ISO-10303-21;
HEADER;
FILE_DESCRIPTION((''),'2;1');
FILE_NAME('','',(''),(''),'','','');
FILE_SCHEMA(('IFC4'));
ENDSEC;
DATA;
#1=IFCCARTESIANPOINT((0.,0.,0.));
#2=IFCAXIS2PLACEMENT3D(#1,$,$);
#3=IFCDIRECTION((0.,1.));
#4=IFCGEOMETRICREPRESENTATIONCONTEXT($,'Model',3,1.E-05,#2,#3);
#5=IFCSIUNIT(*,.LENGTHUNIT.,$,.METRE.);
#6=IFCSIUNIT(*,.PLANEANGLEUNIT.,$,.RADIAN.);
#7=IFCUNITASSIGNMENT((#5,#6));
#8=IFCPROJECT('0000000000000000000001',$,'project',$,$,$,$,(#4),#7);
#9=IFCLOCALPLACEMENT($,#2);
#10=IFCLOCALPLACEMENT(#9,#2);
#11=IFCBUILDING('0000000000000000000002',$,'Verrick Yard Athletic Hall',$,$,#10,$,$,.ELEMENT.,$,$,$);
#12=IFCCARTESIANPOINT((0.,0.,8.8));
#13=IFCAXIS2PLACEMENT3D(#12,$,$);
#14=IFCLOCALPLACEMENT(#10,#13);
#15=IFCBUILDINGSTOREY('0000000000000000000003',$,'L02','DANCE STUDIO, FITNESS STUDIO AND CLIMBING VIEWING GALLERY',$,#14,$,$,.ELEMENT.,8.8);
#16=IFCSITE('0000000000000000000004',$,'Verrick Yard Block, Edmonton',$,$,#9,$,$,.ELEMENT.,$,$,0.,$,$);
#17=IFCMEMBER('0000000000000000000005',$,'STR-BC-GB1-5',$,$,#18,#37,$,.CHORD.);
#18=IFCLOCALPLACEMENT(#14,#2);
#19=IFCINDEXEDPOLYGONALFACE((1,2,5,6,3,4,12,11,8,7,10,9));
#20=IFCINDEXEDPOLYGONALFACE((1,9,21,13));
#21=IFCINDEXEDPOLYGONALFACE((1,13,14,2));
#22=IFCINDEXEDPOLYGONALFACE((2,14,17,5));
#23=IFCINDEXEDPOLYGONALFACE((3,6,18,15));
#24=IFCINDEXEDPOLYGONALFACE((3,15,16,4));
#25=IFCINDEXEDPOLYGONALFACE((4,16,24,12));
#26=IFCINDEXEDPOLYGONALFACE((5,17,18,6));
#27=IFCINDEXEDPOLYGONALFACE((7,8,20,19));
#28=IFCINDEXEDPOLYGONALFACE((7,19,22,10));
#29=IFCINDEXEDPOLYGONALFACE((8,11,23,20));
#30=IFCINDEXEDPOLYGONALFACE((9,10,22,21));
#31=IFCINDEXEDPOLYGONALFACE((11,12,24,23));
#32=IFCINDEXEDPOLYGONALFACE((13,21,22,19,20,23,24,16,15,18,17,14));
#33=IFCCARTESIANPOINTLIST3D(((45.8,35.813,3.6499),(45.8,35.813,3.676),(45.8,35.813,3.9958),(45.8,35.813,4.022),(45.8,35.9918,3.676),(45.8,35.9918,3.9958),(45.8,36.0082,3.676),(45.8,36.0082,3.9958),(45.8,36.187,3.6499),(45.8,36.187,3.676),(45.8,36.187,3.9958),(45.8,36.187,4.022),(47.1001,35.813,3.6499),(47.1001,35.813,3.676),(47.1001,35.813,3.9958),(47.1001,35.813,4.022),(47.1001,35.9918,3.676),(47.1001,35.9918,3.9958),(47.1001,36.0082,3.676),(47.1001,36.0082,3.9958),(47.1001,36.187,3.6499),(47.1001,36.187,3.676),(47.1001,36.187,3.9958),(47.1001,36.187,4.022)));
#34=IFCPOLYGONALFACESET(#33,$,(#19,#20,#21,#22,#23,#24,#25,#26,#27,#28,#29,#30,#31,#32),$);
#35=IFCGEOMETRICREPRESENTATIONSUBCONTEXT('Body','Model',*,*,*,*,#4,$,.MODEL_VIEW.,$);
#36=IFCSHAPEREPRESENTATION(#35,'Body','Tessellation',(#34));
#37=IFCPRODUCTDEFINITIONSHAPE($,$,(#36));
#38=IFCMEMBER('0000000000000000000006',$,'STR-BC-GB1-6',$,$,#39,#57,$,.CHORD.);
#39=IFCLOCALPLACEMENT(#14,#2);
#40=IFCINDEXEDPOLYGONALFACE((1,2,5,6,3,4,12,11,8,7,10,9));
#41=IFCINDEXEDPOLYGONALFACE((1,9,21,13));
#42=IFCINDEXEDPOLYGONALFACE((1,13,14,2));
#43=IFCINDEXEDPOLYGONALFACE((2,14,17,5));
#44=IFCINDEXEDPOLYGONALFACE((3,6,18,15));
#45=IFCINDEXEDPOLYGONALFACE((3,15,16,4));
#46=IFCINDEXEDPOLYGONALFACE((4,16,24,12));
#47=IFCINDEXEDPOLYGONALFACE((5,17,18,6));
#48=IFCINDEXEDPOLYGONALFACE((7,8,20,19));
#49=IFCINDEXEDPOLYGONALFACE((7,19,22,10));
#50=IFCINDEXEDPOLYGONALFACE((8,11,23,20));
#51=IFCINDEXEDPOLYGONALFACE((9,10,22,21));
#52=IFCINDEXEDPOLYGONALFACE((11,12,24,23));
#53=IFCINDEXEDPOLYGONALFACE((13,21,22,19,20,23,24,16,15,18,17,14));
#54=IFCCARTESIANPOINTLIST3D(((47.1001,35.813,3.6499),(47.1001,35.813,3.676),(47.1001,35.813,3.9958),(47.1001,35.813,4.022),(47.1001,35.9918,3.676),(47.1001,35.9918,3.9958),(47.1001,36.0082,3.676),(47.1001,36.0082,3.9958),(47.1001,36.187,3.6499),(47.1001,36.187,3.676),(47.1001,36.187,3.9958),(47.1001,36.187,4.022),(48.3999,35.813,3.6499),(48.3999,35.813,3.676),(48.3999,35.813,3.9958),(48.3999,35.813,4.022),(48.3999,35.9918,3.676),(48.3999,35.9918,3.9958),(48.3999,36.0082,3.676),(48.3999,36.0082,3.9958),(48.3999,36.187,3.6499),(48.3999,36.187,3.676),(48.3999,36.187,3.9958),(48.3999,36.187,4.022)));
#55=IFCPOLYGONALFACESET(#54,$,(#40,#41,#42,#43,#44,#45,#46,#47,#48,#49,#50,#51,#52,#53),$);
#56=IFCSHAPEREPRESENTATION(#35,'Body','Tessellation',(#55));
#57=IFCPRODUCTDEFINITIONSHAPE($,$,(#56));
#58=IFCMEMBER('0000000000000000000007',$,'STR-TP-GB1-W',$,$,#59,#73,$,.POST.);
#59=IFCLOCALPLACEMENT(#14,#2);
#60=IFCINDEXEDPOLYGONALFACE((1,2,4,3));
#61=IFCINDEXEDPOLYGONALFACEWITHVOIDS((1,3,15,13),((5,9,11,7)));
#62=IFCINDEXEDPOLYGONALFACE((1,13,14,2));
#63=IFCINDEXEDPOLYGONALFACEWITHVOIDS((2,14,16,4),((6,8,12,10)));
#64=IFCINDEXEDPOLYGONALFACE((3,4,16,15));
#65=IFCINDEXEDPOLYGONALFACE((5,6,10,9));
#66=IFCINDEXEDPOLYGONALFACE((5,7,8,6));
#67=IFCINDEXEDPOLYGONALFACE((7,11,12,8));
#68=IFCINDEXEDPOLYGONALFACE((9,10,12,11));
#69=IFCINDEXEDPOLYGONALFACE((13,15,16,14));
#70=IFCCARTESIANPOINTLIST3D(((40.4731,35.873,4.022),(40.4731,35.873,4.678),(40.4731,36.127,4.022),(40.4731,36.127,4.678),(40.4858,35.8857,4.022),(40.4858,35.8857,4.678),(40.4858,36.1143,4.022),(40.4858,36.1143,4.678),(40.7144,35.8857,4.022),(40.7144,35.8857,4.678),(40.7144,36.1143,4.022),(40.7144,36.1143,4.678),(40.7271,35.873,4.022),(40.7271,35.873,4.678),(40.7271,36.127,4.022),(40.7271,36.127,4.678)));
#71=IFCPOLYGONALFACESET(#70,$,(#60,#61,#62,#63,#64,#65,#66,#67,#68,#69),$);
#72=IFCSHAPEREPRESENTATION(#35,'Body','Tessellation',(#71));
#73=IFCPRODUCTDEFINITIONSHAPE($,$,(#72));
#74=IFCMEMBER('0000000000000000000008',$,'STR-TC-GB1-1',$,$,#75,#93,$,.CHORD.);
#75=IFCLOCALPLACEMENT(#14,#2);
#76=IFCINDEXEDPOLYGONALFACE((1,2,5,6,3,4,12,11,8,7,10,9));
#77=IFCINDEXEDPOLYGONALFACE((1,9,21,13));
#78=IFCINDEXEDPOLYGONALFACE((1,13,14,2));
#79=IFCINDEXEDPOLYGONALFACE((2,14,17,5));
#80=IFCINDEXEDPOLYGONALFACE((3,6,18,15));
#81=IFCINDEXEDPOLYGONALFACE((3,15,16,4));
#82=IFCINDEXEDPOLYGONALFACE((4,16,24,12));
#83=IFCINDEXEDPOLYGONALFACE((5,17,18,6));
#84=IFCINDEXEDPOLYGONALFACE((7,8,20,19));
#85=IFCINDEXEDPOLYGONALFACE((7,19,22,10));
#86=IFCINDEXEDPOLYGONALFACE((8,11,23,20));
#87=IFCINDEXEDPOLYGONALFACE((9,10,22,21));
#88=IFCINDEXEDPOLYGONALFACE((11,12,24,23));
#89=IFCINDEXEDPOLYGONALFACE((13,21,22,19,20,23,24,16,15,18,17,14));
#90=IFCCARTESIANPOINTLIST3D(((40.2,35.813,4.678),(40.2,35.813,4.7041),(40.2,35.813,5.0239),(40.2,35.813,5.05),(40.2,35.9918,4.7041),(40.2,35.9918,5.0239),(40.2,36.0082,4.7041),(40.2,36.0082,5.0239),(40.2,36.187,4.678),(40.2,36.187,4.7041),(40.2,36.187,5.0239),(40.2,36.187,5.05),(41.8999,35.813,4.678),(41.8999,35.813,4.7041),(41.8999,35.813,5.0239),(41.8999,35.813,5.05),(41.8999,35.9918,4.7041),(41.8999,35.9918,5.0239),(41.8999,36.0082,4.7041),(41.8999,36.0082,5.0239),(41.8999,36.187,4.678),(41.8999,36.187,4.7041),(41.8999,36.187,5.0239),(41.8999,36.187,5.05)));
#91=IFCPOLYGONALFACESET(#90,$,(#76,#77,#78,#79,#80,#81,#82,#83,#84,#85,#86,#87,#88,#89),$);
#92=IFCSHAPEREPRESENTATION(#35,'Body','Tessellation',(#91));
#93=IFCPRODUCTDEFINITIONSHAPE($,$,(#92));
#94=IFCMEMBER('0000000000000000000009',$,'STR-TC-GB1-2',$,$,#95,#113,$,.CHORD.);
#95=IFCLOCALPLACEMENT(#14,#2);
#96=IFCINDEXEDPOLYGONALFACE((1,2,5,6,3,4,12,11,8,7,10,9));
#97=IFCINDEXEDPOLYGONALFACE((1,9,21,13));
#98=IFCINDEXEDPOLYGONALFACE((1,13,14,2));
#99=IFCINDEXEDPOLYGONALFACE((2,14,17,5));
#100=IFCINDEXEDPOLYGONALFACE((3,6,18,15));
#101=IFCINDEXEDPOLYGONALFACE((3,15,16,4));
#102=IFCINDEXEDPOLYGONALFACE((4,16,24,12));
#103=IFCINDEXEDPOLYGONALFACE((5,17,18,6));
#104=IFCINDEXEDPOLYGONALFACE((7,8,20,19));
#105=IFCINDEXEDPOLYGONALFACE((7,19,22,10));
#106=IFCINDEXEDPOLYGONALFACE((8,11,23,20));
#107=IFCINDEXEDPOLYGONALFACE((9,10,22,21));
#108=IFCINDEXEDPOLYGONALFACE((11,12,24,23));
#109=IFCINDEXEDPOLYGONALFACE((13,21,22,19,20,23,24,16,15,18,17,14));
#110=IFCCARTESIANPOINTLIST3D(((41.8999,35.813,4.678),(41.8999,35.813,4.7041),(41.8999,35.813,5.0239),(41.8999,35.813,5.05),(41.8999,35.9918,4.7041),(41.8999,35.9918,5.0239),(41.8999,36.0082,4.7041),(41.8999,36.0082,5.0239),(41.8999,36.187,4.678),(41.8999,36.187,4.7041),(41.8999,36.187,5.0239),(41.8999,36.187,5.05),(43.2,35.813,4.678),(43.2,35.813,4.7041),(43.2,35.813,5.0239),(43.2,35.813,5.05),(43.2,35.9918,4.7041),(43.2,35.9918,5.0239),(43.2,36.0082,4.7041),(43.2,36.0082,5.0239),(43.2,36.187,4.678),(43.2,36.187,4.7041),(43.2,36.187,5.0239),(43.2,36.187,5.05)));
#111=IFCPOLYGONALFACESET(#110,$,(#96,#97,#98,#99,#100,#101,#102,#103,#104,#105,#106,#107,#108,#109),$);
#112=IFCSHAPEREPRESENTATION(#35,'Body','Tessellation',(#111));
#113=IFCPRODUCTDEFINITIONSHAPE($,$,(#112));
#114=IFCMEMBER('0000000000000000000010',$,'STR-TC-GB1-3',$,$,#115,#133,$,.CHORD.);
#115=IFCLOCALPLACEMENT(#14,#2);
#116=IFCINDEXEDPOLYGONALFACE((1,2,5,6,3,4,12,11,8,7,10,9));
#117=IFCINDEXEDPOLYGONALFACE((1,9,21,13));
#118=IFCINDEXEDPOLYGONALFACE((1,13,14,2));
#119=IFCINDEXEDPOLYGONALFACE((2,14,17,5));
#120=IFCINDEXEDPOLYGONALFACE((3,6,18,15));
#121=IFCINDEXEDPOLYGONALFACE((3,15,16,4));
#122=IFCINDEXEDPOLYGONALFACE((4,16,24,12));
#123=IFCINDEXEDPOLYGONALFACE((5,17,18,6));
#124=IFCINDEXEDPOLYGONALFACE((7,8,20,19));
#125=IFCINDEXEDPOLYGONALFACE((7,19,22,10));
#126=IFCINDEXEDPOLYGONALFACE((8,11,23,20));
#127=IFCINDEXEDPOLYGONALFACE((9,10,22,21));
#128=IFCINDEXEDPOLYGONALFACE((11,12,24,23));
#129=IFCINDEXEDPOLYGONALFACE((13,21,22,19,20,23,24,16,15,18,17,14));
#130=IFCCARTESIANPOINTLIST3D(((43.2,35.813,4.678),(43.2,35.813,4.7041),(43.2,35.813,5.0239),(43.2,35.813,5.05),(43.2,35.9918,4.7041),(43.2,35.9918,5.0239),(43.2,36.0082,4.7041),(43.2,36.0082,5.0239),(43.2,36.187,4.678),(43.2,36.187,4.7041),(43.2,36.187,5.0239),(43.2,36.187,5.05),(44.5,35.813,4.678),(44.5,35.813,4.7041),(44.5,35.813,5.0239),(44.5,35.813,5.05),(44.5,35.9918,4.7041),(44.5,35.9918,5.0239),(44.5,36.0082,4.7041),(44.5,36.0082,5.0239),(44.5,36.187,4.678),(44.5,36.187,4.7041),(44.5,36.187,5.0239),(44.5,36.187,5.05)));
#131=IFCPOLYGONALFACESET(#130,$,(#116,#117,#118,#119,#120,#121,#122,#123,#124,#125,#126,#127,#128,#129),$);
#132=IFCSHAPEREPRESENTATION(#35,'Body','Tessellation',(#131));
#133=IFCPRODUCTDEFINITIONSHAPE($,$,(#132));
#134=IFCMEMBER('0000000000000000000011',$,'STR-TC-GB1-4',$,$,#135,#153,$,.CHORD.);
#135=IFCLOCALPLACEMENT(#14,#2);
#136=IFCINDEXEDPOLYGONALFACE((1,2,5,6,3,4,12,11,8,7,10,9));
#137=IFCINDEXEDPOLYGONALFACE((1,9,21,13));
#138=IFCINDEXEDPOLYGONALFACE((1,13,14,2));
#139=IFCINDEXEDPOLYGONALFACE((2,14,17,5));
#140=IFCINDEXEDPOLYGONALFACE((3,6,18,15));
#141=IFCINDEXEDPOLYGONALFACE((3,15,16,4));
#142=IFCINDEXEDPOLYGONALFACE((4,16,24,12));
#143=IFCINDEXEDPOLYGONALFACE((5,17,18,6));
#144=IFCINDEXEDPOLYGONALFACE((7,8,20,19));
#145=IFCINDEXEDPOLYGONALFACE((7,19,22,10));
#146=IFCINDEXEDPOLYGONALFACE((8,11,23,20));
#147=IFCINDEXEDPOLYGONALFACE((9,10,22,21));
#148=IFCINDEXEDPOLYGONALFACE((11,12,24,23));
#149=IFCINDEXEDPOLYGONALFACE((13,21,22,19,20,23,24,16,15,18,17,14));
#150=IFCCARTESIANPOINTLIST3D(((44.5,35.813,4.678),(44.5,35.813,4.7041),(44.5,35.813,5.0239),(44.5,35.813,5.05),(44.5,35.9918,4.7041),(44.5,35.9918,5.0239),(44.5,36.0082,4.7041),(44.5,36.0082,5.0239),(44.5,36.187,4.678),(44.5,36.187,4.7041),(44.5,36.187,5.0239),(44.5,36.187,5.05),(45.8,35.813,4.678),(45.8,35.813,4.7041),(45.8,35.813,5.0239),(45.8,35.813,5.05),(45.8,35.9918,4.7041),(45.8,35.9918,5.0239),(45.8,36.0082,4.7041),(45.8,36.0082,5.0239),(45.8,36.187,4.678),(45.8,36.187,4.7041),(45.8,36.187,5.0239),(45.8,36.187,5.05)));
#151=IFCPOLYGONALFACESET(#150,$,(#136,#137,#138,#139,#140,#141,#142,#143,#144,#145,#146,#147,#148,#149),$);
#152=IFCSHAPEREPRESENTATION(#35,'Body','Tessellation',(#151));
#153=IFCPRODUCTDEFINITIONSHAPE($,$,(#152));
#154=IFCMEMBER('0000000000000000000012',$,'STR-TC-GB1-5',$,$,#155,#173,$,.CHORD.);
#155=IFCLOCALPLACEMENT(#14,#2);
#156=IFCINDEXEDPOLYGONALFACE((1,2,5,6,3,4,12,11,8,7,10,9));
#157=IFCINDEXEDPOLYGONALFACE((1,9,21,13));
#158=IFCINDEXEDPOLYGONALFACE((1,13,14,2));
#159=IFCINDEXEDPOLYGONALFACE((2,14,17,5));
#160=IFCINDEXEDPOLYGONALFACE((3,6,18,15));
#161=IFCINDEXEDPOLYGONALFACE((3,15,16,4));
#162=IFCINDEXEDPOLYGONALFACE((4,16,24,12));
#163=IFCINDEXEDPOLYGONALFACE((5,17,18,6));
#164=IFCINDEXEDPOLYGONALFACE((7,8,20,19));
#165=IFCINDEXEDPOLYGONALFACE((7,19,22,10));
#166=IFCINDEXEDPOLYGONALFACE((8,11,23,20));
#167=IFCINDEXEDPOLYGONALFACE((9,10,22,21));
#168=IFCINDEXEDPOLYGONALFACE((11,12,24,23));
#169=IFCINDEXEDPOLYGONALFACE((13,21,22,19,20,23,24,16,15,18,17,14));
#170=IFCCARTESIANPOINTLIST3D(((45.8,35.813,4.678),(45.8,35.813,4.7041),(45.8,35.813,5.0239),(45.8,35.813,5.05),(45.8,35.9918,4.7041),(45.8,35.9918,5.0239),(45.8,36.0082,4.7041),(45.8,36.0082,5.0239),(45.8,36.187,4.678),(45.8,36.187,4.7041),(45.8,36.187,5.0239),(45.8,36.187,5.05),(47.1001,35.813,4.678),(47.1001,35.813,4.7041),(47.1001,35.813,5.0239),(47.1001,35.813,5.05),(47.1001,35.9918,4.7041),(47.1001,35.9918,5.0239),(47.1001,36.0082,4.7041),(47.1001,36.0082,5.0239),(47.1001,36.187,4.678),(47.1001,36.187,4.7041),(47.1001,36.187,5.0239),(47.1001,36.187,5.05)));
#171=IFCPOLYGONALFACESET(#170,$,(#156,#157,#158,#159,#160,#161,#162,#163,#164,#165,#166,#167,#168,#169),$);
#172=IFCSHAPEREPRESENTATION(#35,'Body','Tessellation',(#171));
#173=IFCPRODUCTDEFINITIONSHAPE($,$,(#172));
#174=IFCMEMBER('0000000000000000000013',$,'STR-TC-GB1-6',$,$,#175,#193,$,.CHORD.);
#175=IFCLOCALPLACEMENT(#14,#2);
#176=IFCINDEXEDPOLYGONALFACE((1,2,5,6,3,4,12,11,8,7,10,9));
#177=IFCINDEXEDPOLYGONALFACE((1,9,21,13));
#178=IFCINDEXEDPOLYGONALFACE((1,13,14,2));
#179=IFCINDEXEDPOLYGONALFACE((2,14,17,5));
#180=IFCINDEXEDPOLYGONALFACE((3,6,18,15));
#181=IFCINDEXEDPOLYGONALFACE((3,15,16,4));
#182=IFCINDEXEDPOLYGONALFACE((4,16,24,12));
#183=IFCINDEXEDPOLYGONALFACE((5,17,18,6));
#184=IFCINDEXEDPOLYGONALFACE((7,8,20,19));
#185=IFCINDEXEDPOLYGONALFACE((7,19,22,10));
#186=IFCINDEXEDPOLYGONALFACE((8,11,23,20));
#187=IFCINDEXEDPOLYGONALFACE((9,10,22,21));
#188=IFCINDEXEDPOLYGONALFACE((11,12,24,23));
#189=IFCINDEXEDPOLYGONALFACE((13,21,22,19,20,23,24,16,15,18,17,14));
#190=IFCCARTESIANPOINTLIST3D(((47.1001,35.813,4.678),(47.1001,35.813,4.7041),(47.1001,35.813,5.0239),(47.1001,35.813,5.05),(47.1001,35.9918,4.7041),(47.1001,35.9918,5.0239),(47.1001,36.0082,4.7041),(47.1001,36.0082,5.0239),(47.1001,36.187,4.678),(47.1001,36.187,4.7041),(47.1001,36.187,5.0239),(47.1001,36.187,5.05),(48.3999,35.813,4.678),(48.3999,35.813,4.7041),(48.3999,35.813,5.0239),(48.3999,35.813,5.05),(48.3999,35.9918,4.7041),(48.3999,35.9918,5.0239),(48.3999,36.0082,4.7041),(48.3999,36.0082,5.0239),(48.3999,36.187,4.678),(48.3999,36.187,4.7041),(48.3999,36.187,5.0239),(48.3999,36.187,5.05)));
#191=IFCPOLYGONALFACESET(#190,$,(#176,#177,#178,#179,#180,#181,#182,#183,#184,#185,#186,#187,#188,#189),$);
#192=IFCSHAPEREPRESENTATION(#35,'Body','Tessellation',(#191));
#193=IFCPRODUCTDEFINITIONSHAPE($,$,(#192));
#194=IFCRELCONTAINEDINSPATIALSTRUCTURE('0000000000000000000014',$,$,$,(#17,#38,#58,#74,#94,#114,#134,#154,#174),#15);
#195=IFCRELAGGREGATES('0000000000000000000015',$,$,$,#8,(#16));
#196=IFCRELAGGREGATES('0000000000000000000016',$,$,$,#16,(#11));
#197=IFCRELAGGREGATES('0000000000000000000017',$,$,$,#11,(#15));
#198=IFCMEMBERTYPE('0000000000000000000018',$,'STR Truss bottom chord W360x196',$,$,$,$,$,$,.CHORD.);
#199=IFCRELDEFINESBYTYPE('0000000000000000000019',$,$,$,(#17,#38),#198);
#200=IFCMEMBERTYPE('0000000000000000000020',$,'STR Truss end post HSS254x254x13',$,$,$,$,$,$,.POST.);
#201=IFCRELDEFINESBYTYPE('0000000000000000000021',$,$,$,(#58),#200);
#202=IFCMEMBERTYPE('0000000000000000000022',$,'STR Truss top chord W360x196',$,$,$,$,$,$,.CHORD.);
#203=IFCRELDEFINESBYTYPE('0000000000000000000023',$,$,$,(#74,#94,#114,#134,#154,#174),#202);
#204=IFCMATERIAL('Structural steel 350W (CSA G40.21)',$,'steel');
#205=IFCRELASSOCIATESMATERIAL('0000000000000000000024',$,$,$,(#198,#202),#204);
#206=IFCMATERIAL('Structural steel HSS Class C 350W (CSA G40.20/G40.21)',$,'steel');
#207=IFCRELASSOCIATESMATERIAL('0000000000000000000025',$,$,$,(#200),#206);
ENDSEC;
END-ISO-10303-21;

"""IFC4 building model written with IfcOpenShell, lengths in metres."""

from ifc_helpers import new_model, si_unit, direction, frame, origin, origin_2d, place, context, subcontext, project, spatial, hollow_rectangle, i_section, extrude, material, material_profile, profile_set, type_object, element, save


model = new_model("IFC4")

# Units and contexts
model_context = context("Model", 3, precision=1e-05, world=origin(), true_north=direction((0.0, 1.0)))
body_context = subcontext(model_context, "Body", "Model", "MODEL_VIEW")
ifc_project = project(units=[si_unit("LENGTHUNIT", "METRE"), si_unit("PLANEANGLEUNIT", "RADIAN")], contexts=[model_context])

# Site, building, storey
site_placement = place(None, origin())
site = spatial("IfcSite", under=ifc_project, at=site_placement, Name="Verrick Yard Block, Edmonton", CompositionType="ELEMENT", RefElevation=0.0)
building_placement = place(site_placement, origin())
building = spatial("IfcBuilding", under=site, at=building_placement, Name="Verrick Yard Athletic Hall", CompositionType="ELEMENT")
storey_placement = place(building_placement, frame((0.0, 0.0, 8.8)))
storey = spatial("IfcBuildingStorey", under=building, at=storey_placement, Name="L02", Description="DANCE STUDIO, FITNESS STUDIO AND CLIMBING VIEWING GALLERY", CompositionType="ELEMENT", Elevation=8.8)

# Shared definitions
ifc_material_1 = material(Name="Structural steel 350W (CSA G40.21)", Category="steel")

# Members
ifc_material_profile_1 = material_profile(ifc_material_1, i_section(OverallWidth=0.374, OverallDepth=0.3721, WebThickness=0.0164, FlangeThickness=0.0261, at=origin_2d()), Name="W360x196")
ifc_profile_set_1 = profile_set([ifc_material_profile_1], Name="Structural steel 350W (CSA G40.21)")
member_type_1 = type_object("IfcMemberType", Name="STR Truss bottom chord W360x196", PredefinedType="CHORD", material=ifc_profile_set_1)
for number, where, z_axis, x_axis, name in (
    (1, (45.8, 36.0, 3.8359), (1.0, 0.0, 0.0), (0.0, 1.0, 0.0), "STR-BC-GB1-5"),
):
    element("IfcMember", number, at=place(storey_placement, frame(where, z_axis=z_axis, x_axis=x_axis)), inside=storey, type_object=member_type_1, Name=name, PredefinedType="CHORD", context=body_context, shape_type="SweptSolid", body=[
        extrude(i_section(OverallWidth=0.374, OverallDepth=0.3721, WebThickness=0.0164, FlangeThickness=0.0261, at=origin_2d()), origin(), (0.0, 0.0, 1.0), 1.3),
    ])
member_1_placement = place(storey_placement, frame((47.1001, 36.0, 3.8359), z_axis=(1.0, 0.0, 0.0), x_axis=(0.0, 1.0, 0.0)))
element("IfcMember", 2, at=member_1_placement, inside=storey, type_object=member_type_1, Name="STR-BC-GB1-6", PredefinedType="CHORD", context=body_context, shape_type="SweptSolid", body=[
    extrude(i_section(OverallWidth=0.374, OverallDepth=0.3721, WebThickness=0.0164, FlangeThickness=0.0261, at=origin_2d()), origin(), (0.0, 0.0, 1.0), 1.2998),
])
ifc_material_2 = material(Name="Structural steel HSS Class C 350W (CSA G40.20/G40.21)", Category="steel")
ifc_material_profile_2 = material_profile(ifc_material_2, hollow_rectangle(XDim=0.2539, YDim=0.2539, WallThickness=0.0127, at=origin_2d()), Name="HSS254x254x13")
ifc_profile_set_2 = profile_set([ifc_material_profile_2], Name="Structural steel HSS Class C 350W (CSA G40.20/G40.21)")
member_type_2 = type_object("IfcMemberType", Name="STR Truss end post HSS254x254x13", PredefinedType="POST", material=ifc_profile_set_2)
member_2_placement = place(storey_placement, frame((40.6001, 36.0, 4.022), z_axis=(0.0, 0.0, 1.0), x_axis=(1.0, 0.0, 0.0)))
element("IfcMember", 3, at=member_2_placement, inside=storey, type_object=member_type_2, Name="STR-TP-GB1-W", PredefinedType="POST", context=body_context, shape_type="SweptSolid", body=[
    extrude(hollow_rectangle(XDim=0.2539, YDim=0.2539, WallThickness=0.0127, at=origin_2d()), origin(), (0.0, 0.0, 1.0), 0.656),
])
ifc_material_profile_3 = material_profile(ifc_material_1, i_section(OverallWidth=0.374, OverallDepth=0.3721, WebThickness=0.0164, FlangeThickness=0.0261, at=origin_2d()), Name="W360x196")
ifc_profile_set_3 = profile_set([ifc_material_profile_3], Name="Structural steel 350W (CSA G40.21)")
member_type_3 = type_object("IfcMemberType", Name="STR Truss top chord W360x196", PredefinedType="CHORD", material=ifc_profile_set_3)
member_3_placement = place(storey_placement, frame((40.2, 36.0, 4.864), z_axis=(1.0, 0.0, 0.0), x_axis=(0.0, 1.0, 0.0)))
element("IfcMember", 4, at=member_3_placement, inside=storey, type_object=member_type_3, Name="STR-TC-GB1-1", PredefinedType="CHORD", context=body_context, shape_type="SweptSolid", body=[
    extrude(i_section(OverallWidth=0.374, OverallDepth=0.3721, WebThickness=0.0164, FlangeThickness=0.0261, at=origin_2d()), origin(), (0.0, 0.0, 1.0), 1.7),
])
for number, where, z_axis, x_axis, name in (
    (5, (41.8999, 36.0, 4.864), (1.0, 0.0, 0.0), (0.0, 1.0, 0.0), "STR-TC-GB1-2"),
    (6, (43.2, 36.0, 4.864), (1.0, 0.0, 0.0), (0.0, 1.0, 0.0), "STR-TC-GB1-3"),
    (7, (44.5, 36.0, 4.864), (1.0, 0.0, 0.0), (0.0, 1.0, 0.0), "STR-TC-GB1-4"),
    (8, (45.8, 36.0, 4.864), (1.0, 0.0, 0.0), (0.0, 1.0, 0.0), "STR-TC-GB1-5"),
):
    element("IfcMember", number, at=place(storey_placement, frame(where, z_axis=z_axis, x_axis=x_axis)), inside=storey, type_object=member_type_3, Name=name, PredefinedType="CHORD", context=body_context, shape_type="SweptSolid", body=[
        extrude(i_section(OverallWidth=0.374, OverallDepth=0.3721, WebThickness=0.0164, FlangeThickness=0.0261, at=origin_2d()), origin(), (0.0, 0.0, 1.0), 1.3),
    ])
member_4_placement = place(storey_placement, frame((47.1001, 36.0, 4.864), z_axis=(1.0, 0.0, 0.0), x_axis=(0.0, 1.0, 0.0)))
element("IfcMember", 9, at=member_4_placement, inside=storey, type_object=member_type_3, Name="STR-TC-GB1-6", PredefinedType="CHORD", context=body_context, shape_type="SweptSolid", body=[
    extrude(i_section(OverallWidth=0.374, OverallDepth=0.3721, WebThickness=0.0164, FlangeThickness=0.0261, at=origin_2d()), origin(), (0.0, 0.0, 1.0), 1.2998),
])

save(model, "model.ifc")
